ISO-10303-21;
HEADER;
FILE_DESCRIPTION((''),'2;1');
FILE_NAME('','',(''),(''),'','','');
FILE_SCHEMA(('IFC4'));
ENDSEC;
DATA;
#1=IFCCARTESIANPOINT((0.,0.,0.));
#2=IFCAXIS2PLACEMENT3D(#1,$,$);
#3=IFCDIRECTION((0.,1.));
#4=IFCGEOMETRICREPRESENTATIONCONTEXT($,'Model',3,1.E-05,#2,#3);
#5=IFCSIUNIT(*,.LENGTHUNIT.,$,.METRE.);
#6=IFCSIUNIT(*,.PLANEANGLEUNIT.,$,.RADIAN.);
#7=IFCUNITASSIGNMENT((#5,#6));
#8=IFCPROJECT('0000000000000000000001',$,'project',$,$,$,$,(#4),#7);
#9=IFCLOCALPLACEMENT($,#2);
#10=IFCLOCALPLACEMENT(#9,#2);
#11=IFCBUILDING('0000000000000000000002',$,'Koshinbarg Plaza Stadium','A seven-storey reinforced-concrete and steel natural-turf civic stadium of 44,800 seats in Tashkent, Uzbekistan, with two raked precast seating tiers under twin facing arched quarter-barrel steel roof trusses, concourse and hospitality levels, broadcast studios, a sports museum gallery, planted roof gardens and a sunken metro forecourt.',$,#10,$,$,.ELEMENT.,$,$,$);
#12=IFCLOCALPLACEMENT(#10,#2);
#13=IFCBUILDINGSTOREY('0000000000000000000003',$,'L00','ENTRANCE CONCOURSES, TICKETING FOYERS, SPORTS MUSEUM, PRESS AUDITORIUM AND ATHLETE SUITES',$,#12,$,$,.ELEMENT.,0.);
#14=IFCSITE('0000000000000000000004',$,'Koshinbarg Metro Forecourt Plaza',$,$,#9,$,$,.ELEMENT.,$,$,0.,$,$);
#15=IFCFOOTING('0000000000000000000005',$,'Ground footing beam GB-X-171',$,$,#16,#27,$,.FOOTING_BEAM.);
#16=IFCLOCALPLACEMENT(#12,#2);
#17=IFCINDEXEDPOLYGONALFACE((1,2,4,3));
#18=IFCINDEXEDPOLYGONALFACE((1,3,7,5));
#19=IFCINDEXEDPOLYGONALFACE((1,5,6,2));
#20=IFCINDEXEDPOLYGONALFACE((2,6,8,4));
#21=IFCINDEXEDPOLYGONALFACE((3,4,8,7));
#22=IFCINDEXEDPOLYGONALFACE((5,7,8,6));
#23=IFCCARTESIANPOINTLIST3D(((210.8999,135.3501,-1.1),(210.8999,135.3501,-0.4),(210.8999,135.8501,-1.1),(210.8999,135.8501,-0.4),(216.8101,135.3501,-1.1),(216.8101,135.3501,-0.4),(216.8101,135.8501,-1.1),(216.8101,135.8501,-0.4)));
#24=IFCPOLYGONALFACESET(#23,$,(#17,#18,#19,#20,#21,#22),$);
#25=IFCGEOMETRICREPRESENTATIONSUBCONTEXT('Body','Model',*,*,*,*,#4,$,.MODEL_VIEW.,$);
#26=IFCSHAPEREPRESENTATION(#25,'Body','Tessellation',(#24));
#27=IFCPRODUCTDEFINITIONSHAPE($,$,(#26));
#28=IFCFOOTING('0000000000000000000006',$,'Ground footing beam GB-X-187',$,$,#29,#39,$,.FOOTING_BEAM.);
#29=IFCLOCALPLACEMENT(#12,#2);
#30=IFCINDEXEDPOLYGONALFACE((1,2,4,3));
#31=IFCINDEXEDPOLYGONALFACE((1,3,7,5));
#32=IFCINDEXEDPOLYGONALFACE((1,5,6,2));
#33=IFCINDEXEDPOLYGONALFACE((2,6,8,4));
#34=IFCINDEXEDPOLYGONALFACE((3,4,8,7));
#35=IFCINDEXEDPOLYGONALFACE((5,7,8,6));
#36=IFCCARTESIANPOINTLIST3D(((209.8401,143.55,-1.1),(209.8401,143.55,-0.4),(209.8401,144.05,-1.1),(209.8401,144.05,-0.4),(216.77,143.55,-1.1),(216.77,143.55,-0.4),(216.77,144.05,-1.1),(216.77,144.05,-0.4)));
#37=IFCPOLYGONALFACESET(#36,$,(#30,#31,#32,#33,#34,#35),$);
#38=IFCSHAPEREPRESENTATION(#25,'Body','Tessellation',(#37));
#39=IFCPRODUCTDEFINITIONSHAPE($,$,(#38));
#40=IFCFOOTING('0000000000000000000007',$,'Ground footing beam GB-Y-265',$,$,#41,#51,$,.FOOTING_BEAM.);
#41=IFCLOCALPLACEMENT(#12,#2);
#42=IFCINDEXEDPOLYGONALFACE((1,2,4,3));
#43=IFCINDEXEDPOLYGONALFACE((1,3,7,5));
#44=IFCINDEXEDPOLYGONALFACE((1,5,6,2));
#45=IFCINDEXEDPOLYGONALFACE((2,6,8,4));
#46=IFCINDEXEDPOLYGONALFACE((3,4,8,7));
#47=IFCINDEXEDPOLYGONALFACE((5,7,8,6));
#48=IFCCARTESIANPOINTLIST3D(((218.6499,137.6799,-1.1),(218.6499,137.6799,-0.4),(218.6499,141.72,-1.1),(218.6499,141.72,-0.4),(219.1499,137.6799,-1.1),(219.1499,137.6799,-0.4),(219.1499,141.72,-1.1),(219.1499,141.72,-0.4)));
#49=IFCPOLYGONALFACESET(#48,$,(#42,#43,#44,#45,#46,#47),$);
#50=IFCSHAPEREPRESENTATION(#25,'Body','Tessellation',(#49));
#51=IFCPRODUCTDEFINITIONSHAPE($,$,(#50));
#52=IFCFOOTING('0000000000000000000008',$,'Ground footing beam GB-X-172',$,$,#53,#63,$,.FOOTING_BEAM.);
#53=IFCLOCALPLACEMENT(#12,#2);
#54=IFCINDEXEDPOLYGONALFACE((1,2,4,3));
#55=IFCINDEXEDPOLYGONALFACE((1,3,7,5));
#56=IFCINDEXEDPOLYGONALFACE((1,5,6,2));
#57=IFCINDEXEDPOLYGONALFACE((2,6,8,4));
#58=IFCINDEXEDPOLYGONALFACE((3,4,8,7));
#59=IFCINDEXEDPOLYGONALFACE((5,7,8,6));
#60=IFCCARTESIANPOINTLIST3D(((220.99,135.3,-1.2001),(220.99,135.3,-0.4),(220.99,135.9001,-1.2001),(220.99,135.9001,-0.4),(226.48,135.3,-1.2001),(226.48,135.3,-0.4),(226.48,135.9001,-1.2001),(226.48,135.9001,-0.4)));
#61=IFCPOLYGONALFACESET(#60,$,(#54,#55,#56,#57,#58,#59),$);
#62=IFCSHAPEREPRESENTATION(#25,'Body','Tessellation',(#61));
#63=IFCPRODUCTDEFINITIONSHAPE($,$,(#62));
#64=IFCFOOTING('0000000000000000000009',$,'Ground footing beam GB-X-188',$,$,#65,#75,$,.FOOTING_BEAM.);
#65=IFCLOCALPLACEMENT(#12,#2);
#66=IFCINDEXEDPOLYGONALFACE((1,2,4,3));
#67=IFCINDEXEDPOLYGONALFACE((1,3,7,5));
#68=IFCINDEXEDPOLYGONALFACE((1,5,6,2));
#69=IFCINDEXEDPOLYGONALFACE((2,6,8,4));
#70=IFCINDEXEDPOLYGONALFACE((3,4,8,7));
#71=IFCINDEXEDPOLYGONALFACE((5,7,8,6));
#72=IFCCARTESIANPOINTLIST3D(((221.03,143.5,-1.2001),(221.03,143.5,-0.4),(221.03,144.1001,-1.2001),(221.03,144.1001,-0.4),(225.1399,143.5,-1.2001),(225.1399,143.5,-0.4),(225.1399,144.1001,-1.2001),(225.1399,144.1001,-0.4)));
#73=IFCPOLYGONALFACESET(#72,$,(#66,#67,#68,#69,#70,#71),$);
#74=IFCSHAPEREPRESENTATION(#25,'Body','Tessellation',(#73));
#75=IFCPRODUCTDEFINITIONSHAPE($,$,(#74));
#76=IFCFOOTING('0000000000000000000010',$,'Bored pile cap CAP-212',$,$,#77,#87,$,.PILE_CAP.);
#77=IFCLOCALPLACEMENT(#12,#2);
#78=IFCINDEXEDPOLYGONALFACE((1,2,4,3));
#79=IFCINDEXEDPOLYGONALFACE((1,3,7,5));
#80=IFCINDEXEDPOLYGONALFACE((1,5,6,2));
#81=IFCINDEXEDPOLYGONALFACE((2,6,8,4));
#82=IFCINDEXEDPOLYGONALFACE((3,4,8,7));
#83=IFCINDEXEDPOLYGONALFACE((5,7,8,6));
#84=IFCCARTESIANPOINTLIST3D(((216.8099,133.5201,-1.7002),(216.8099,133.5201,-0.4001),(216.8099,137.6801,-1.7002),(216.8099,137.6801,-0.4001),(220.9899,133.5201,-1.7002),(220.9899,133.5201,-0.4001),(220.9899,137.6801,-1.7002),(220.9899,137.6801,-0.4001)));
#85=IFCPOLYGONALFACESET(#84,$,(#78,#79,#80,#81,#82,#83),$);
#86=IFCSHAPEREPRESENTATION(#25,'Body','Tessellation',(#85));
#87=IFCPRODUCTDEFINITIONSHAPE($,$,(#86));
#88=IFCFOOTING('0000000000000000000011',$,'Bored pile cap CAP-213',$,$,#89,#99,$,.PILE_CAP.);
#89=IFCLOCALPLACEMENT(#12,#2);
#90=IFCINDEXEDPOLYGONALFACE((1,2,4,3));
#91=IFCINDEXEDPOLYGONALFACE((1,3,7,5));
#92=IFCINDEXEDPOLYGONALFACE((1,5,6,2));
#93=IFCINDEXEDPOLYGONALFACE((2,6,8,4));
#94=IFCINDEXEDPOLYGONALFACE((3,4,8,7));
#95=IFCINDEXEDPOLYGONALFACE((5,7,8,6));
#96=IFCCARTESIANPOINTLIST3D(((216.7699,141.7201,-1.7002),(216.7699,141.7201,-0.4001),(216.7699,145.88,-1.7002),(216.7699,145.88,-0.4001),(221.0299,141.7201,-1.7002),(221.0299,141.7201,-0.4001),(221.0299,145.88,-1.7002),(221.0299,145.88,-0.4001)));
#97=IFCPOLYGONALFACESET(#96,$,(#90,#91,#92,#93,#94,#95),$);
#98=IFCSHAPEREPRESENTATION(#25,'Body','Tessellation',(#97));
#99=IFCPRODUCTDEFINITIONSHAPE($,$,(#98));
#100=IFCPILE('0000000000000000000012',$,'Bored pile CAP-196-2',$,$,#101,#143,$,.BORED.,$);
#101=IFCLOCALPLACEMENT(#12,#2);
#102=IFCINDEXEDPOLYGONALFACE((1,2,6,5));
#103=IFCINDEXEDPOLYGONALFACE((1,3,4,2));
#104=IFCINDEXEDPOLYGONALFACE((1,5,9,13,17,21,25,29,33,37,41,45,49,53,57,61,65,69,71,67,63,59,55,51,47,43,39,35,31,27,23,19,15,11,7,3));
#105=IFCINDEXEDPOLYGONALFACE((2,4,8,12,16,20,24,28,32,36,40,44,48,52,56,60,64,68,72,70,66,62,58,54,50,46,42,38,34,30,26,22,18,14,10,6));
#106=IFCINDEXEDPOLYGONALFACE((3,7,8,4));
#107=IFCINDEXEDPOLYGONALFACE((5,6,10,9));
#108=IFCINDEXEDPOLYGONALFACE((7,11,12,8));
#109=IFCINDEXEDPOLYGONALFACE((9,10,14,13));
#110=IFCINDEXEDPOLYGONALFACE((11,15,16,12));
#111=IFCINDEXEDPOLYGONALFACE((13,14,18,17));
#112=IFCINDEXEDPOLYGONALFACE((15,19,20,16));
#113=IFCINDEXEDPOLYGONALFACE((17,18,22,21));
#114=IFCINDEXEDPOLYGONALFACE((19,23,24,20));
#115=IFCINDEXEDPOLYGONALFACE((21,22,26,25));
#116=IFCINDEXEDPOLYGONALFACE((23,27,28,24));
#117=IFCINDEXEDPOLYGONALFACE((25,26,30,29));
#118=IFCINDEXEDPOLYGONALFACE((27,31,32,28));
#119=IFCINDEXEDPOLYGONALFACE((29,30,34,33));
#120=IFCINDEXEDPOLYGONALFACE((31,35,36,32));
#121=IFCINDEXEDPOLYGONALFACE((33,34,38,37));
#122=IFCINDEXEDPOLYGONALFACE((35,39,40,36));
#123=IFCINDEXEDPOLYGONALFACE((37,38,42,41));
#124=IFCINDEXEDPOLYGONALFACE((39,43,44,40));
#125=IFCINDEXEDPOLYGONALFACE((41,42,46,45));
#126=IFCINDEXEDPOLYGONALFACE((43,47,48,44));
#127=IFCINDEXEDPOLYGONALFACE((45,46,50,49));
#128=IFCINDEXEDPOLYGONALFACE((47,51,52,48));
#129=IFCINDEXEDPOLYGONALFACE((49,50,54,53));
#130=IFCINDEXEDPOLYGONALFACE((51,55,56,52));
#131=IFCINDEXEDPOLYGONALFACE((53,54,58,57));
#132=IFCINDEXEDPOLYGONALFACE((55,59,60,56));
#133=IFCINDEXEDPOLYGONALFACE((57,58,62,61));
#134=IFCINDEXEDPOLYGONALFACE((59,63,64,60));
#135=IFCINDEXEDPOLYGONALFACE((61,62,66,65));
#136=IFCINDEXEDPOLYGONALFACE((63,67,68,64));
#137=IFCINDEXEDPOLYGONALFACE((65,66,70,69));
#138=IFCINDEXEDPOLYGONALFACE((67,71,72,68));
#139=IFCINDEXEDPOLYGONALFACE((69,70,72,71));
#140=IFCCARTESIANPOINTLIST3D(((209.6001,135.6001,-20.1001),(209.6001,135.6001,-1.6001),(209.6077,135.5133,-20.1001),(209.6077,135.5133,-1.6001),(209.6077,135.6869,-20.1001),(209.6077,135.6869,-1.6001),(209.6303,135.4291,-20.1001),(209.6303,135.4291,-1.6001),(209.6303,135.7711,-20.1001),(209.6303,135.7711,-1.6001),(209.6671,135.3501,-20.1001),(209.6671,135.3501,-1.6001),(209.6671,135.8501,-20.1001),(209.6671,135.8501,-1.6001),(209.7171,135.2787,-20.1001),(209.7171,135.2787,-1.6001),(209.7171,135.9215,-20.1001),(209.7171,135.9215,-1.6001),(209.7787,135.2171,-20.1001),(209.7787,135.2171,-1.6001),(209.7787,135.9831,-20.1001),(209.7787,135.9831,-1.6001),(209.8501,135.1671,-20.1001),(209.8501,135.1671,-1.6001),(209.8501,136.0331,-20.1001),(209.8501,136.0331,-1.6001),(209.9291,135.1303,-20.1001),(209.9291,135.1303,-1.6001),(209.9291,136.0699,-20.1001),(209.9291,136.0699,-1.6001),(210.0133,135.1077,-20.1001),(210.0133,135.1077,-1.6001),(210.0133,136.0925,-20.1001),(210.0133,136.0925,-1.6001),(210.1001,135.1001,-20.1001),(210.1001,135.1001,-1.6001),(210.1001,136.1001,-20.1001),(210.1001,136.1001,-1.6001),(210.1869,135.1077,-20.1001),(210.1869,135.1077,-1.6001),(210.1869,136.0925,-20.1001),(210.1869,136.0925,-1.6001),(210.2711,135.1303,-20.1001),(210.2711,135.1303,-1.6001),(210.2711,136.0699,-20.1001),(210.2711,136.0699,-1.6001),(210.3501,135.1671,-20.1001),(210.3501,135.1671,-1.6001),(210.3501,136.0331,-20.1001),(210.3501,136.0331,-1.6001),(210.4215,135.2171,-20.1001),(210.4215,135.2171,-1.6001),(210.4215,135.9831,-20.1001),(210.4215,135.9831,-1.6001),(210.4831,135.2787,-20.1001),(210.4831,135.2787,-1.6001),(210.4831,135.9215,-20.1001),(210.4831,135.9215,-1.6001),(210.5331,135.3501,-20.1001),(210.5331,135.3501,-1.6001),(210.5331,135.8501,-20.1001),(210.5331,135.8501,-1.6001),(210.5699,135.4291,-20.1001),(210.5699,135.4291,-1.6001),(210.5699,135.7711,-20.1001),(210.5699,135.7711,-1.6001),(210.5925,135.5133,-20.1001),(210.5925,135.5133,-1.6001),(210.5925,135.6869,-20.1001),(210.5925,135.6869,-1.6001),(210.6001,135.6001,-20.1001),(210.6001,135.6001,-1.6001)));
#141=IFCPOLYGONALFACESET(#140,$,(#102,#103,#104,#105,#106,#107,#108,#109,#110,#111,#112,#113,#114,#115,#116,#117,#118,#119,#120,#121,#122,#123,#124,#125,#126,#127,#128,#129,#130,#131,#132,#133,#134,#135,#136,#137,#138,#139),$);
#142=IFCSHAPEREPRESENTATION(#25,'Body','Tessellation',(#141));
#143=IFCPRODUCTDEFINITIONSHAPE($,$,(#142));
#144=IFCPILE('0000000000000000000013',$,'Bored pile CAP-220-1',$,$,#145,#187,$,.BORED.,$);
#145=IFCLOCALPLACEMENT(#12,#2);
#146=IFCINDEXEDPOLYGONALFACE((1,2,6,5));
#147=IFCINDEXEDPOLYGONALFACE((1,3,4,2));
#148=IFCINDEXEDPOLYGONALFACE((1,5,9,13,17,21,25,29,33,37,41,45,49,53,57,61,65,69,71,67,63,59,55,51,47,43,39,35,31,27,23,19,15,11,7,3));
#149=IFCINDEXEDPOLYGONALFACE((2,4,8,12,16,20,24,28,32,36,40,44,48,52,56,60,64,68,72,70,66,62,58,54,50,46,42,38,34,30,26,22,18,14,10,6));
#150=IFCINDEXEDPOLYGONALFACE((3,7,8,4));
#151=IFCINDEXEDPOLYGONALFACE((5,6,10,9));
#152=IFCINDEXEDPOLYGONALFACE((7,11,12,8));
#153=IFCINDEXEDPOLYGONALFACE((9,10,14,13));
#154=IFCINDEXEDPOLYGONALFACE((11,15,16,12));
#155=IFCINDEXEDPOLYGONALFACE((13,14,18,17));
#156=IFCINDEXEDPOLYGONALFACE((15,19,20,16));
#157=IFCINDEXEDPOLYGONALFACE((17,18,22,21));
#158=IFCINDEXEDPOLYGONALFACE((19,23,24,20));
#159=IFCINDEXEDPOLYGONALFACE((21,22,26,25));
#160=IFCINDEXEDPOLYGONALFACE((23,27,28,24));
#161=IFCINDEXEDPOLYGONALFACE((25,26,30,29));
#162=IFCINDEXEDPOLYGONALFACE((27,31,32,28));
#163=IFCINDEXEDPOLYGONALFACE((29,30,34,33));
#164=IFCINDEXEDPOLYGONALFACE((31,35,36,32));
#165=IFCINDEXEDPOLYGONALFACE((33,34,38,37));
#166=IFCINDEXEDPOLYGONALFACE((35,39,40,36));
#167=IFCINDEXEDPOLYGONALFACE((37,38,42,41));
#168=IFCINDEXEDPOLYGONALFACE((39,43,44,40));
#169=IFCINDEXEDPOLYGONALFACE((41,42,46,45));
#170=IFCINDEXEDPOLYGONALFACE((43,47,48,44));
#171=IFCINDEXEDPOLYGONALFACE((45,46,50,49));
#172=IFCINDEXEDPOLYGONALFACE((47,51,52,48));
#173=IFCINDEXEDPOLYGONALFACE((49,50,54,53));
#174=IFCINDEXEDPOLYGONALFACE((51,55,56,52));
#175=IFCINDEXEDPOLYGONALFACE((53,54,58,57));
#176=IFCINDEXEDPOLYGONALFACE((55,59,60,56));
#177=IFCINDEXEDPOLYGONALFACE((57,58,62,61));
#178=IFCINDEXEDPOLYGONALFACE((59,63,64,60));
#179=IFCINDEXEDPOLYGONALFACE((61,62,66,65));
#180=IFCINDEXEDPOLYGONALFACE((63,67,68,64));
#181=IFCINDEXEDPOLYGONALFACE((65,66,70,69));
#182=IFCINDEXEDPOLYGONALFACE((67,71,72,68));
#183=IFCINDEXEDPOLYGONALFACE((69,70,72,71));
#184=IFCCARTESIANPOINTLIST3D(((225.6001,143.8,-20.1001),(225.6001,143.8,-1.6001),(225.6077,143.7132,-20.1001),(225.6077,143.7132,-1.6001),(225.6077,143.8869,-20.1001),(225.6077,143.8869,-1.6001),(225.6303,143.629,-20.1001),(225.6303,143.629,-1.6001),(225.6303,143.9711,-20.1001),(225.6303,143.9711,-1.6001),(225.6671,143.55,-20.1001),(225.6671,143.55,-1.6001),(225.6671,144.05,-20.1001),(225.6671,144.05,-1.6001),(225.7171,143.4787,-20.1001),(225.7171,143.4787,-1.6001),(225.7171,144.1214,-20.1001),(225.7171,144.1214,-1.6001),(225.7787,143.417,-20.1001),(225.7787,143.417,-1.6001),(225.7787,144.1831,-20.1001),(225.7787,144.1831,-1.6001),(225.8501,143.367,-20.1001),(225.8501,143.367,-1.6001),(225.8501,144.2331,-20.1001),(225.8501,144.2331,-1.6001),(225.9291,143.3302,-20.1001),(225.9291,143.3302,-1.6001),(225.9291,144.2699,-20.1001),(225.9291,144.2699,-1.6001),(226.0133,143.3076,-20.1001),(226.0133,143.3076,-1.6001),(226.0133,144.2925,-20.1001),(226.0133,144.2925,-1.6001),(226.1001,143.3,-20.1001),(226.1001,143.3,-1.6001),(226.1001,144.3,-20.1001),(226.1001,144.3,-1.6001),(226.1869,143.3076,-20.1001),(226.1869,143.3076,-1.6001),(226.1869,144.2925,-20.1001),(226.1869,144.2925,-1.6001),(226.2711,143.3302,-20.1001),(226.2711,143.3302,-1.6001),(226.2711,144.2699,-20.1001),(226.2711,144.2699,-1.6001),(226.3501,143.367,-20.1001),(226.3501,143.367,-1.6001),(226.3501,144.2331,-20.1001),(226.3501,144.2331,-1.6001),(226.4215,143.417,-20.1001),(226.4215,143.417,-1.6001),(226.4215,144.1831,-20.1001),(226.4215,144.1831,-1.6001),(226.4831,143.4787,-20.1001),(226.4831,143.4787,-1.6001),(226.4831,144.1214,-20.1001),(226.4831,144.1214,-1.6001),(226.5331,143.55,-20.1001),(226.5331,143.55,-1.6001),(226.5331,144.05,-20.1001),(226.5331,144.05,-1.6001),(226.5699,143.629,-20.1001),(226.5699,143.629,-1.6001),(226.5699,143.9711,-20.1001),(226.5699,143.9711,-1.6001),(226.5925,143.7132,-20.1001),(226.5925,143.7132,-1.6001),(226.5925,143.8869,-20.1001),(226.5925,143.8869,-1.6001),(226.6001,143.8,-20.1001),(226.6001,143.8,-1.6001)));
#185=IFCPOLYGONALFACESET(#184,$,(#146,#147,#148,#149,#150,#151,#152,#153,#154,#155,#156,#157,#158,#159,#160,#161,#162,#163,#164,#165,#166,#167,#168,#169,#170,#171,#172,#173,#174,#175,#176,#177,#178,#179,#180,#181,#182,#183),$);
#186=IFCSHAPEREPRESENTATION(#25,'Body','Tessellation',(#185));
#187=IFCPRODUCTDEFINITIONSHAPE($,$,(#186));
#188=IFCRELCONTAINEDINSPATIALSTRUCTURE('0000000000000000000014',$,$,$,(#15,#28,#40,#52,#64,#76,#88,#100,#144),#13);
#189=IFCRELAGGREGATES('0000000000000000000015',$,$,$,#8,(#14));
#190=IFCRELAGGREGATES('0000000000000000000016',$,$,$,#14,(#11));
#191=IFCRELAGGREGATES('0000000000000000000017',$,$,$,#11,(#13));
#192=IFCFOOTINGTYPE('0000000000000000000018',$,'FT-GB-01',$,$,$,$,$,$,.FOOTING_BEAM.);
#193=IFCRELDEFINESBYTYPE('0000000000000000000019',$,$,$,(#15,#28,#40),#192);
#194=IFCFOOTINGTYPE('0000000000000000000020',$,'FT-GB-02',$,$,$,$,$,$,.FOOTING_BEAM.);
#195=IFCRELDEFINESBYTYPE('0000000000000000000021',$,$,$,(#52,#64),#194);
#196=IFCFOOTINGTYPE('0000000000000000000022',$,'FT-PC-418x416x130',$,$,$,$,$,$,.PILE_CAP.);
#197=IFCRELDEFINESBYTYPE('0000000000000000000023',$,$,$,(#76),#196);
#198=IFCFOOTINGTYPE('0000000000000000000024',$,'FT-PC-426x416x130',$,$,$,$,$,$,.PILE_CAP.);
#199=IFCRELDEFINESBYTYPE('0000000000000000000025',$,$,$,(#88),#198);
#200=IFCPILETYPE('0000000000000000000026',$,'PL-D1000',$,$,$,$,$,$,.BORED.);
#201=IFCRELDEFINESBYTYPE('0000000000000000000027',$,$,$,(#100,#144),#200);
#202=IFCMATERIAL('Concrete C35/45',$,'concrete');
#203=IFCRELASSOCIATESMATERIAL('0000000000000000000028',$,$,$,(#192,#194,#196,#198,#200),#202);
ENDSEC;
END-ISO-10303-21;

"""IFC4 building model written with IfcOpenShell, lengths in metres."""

from ifc_helpers import new_model, si_unit, direction, frame, origin, origin_2d, place, context, subcontext, project, spatial, rectangle, circle, extrude, material, material_profile, profile_set, type_object, element, save


model = new_model("IFC4")

# Units and contexts
model_context = context("Model", 3, precision=1e-05, world=origin(), true_north=direction((0.0, 1.0)))
body_context = subcontext(model_context, "Body", "Model", "MODEL_VIEW")
ifc_project = project(units=[si_unit("LENGTHUNIT", "METRE"), si_unit("PLANEANGLEUNIT", "RADIAN")], contexts=[model_context])

# Site, building, storey
site_placement = place(None, origin())
site = spatial("IfcSite", under=ifc_project, at=site_placement, Name="Koshinbarg Metro Forecourt Plaza", CompositionType="ELEMENT", RefElevation=0.0)
building_placement = place(site_placement, origin())
building = spatial("IfcBuilding", under=site, at=building_placement, Name="Koshinbarg Plaza Stadium", Description="A seven-storey reinforced-concrete and steel natural-turf civic stadium of 44,800 seats in Tashkent, Uzbekistan, with two raked precast seating tiers under twin facing arched quarter-barrel steel roof trusses, concourse and hospitality levels, broadcast studios, a sports museum gallery, planted roof gardens and a sunken metro forecourt.", CompositionType="ELEMENT")
storey_placement = place(building_placement, origin())
storey = spatial("IfcBuildingStorey", under=building, at=storey_placement, Name="L00", Description="ENTRANCE CONCOURSES, TICKETING FOYERS, SPORTS MUSEUM, PRESS AUDITORIUM AND ATHLETE SUITES", CompositionType="ELEMENT", Elevation=0.0)

# Footings
ifc_material_1 = material(Name="Concrete C35/45", Category="concrete")
ifc_material_profile_1 = material_profile(ifc_material_1, rectangle(XDim=0.5, YDim=0.7, at=origin_2d()), Name="GB 500x700")
ifc_profile_set_1 = profile_set([ifc_material_profile_1], Name="Concrete C35/45")
footing_type_1 = type_object("IfcFootingType", Name="FT-GB-01", PredefinedType="FOOTING_BEAM", material=ifc_profile_set_1)
footing_1_placement = place(storey_placement, frame((210.8999, 135.6001, -0.75), z_axis=(1.0, 0.0, 0.0), x_axis=(0.0, 1.0, 0.0)))
element("IfcFooting", 1, at=footing_1_placement, inside=storey, type_object=footing_type_1, Name="Ground footing beam GB-X-171", PredefinedType="FOOTING_BEAM", context=body_context, shape_type="SweptSolid", body=[
    extrude(rectangle(XDim=0.5, YDim=0.7, at=origin_2d()), origin(), (0.0, 0.0, 1.0), 5.9102),
])
footing_2_placement = place(storey_placement, frame((209.8401, 143.8, -0.75), z_axis=(1.0, 0.0, 0.0), x_axis=(0.0, 1.0, 0.0)))
element("IfcFooting", 2, at=footing_2_placement, inside=storey, type_object=footing_type_1, Name="Ground footing beam GB-X-187", PredefinedType="FOOTING_BEAM", context=body_context, shape_type="SweptSolid", body=[
    extrude(rectangle(XDim=0.5, YDim=0.7, at=origin_2d()), origin(), (0.0, 0.0, 1.0), 6.9299),
])
footing_3_placement = place(storey_placement, frame((218.8999, 137.6799, -0.75), z_axis=(0.0, 1.0, 0.0), x_axis=(-1.0, 0.0, 0.0)))
element("IfcFooting", 3, at=footing_3_placement, inside=storey, type_object=footing_type_1, Name="Ground footing beam GB-Y-265", PredefinedType="FOOTING_BEAM", context=body_context, shape_type="SweptSolid", body=[
    extrude(rectangle(XDim=0.5, YDim=0.7, at=origin_2d()), origin(), (0.0, 0.0, 1.0), 4.04),
])
ifc_material_profile_2 = material_profile(ifc_material_1, rectangle(XDim=0.6001, YDim=0.8, at=origin_2d()), Name="GB 600x800")
ifc_profile_set_2 = profile_set([ifc_material_profile_2], Name="Concrete C35/45")
footing_type_2 = type_object("IfcFootingType", Name="FT-GB-02", PredefinedType="FOOTING_BEAM", material=ifc_profile_set_2)
footing_4_placement = place(storey_placement, frame((220.99, 135.6001, -0.8), z_axis=(1.0, 0.0, 0.0), x_axis=(0.0, 1.0, 0.0)))
element("IfcFooting", 4, at=footing_4_placement, inside=storey, type_object=footing_type_2, Name="Ground footing beam GB-X-172", PredefinedType="FOOTING_BEAM", context=body_context, shape_type="SweptSolid", body=[
    extrude(rectangle(XDim=0.6001, YDim=0.8, at=origin_2d()), origin(), (0.0, 0.0, 1.0), 5.49),
])
footing_5_placement = place(storey_placement, frame((221.03, 143.8, -0.8), z_axis=(1.0, 0.0, 0.0), x_axis=(0.0, 1.0, 0.0)))
element("IfcFooting", 5, at=footing_5_placement, inside=storey, type_object=footing_type_2, Name="Ground footing beam GB-X-188", PredefinedType="FOOTING_BEAM", context=body_context, shape_type="SweptSolid", body=[
    extrude(rectangle(XDim=0.6001, YDim=0.8, at=origin_2d()), origin(), (0.0, 0.0, 1.0), 4.1099),
])
footing_type_3 = type_object("IfcFootingType", Name="FT-PC-418x416x130", PredefinedType="PILE_CAP", material=ifc_material_1)
footing_6_placement = place(storey_placement, frame((218.8999, 135.6001, -1.7002), z_axis=(0.0, 0.0, 1.0), x_axis=(1.0, 0.0, 0.0)))
element("IfcFooting", 6, at=footing_6_placement, inside=storey, type_object=footing_type_3, Name="Bored pile cap CAP-212", PredefinedType="PILE_CAP", context=body_context, shape_type="SweptSolid", body=[
    extrude(rectangle(XDim=4.1799, YDim=4.1599, at=origin_2d()), origin(), (0.0, 0.0, 1.0), 1.3),
])
footing_type_4 = type_object("IfcFootingType", Name="FT-PC-426x416x130", PredefinedType="PILE_CAP", material=ifc_material_1)
footing_7_placement = place(storey_placement, frame((218.8999, 143.8, -1.7002), z_axis=(0.0, 0.0, 1.0), x_axis=(1.0, 0.0, 0.0)))
element("IfcFooting", 7, at=footing_7_placement, inside=storey, type_object=footing_type_4, Name="Bored pile cap CAP-213", PredefinedType="PILE_CAP", context=body_context, shape_type="SweptSolid", body=[
    extrude(rectangle(XDim=4.26, YDim=4.1599, at=origin_2d()), origin(), (0.0, 0.0, 1.0), 1.3),
])

# Piles
ifc_material_profile_3 = material_profile(ifc_material_1, circle(Radius=0.5, at=origin_2d()), Name="PILE D1000")
ifc_profile_set_3 = profile_set([ifc_material_profile_3], Name="Concrete C35/45")
pile_type_1 = type_object("IfcPileType", Name="PL-D1000", PredefinedType="BORED", material=ifc_profile_set_3)
for number, where, z_axis, x_axis, name in (
    (8, (210.1001, 135.6001, -1.6001), (0.0, 0.0, -1.0), (1.0, 0.0, 0.0), "Bored pile CAP-196-2"),
    (9, (226.1001, 143.8, -1.6001), (0.0, 0.0, -1.0), (1.0, 0.0, 0.0), "Bored pile CAP-220-1"),
):
    element("IfcPile", number, at=place(storey_placement, frame(where, z_axis=z_axis, x_axis=x_axis)), inside=storey, type_object=pile_type_1, Name=name, PredefinedType="BORED", context=body_context, shape_type="SweptSolid", body=[
        extrude(circle(Radius=0.5, at=origin_2d()), origin(), (0.0, 0.0, 1.0), 18.5),
    ])

save(model, "model.ifc")
